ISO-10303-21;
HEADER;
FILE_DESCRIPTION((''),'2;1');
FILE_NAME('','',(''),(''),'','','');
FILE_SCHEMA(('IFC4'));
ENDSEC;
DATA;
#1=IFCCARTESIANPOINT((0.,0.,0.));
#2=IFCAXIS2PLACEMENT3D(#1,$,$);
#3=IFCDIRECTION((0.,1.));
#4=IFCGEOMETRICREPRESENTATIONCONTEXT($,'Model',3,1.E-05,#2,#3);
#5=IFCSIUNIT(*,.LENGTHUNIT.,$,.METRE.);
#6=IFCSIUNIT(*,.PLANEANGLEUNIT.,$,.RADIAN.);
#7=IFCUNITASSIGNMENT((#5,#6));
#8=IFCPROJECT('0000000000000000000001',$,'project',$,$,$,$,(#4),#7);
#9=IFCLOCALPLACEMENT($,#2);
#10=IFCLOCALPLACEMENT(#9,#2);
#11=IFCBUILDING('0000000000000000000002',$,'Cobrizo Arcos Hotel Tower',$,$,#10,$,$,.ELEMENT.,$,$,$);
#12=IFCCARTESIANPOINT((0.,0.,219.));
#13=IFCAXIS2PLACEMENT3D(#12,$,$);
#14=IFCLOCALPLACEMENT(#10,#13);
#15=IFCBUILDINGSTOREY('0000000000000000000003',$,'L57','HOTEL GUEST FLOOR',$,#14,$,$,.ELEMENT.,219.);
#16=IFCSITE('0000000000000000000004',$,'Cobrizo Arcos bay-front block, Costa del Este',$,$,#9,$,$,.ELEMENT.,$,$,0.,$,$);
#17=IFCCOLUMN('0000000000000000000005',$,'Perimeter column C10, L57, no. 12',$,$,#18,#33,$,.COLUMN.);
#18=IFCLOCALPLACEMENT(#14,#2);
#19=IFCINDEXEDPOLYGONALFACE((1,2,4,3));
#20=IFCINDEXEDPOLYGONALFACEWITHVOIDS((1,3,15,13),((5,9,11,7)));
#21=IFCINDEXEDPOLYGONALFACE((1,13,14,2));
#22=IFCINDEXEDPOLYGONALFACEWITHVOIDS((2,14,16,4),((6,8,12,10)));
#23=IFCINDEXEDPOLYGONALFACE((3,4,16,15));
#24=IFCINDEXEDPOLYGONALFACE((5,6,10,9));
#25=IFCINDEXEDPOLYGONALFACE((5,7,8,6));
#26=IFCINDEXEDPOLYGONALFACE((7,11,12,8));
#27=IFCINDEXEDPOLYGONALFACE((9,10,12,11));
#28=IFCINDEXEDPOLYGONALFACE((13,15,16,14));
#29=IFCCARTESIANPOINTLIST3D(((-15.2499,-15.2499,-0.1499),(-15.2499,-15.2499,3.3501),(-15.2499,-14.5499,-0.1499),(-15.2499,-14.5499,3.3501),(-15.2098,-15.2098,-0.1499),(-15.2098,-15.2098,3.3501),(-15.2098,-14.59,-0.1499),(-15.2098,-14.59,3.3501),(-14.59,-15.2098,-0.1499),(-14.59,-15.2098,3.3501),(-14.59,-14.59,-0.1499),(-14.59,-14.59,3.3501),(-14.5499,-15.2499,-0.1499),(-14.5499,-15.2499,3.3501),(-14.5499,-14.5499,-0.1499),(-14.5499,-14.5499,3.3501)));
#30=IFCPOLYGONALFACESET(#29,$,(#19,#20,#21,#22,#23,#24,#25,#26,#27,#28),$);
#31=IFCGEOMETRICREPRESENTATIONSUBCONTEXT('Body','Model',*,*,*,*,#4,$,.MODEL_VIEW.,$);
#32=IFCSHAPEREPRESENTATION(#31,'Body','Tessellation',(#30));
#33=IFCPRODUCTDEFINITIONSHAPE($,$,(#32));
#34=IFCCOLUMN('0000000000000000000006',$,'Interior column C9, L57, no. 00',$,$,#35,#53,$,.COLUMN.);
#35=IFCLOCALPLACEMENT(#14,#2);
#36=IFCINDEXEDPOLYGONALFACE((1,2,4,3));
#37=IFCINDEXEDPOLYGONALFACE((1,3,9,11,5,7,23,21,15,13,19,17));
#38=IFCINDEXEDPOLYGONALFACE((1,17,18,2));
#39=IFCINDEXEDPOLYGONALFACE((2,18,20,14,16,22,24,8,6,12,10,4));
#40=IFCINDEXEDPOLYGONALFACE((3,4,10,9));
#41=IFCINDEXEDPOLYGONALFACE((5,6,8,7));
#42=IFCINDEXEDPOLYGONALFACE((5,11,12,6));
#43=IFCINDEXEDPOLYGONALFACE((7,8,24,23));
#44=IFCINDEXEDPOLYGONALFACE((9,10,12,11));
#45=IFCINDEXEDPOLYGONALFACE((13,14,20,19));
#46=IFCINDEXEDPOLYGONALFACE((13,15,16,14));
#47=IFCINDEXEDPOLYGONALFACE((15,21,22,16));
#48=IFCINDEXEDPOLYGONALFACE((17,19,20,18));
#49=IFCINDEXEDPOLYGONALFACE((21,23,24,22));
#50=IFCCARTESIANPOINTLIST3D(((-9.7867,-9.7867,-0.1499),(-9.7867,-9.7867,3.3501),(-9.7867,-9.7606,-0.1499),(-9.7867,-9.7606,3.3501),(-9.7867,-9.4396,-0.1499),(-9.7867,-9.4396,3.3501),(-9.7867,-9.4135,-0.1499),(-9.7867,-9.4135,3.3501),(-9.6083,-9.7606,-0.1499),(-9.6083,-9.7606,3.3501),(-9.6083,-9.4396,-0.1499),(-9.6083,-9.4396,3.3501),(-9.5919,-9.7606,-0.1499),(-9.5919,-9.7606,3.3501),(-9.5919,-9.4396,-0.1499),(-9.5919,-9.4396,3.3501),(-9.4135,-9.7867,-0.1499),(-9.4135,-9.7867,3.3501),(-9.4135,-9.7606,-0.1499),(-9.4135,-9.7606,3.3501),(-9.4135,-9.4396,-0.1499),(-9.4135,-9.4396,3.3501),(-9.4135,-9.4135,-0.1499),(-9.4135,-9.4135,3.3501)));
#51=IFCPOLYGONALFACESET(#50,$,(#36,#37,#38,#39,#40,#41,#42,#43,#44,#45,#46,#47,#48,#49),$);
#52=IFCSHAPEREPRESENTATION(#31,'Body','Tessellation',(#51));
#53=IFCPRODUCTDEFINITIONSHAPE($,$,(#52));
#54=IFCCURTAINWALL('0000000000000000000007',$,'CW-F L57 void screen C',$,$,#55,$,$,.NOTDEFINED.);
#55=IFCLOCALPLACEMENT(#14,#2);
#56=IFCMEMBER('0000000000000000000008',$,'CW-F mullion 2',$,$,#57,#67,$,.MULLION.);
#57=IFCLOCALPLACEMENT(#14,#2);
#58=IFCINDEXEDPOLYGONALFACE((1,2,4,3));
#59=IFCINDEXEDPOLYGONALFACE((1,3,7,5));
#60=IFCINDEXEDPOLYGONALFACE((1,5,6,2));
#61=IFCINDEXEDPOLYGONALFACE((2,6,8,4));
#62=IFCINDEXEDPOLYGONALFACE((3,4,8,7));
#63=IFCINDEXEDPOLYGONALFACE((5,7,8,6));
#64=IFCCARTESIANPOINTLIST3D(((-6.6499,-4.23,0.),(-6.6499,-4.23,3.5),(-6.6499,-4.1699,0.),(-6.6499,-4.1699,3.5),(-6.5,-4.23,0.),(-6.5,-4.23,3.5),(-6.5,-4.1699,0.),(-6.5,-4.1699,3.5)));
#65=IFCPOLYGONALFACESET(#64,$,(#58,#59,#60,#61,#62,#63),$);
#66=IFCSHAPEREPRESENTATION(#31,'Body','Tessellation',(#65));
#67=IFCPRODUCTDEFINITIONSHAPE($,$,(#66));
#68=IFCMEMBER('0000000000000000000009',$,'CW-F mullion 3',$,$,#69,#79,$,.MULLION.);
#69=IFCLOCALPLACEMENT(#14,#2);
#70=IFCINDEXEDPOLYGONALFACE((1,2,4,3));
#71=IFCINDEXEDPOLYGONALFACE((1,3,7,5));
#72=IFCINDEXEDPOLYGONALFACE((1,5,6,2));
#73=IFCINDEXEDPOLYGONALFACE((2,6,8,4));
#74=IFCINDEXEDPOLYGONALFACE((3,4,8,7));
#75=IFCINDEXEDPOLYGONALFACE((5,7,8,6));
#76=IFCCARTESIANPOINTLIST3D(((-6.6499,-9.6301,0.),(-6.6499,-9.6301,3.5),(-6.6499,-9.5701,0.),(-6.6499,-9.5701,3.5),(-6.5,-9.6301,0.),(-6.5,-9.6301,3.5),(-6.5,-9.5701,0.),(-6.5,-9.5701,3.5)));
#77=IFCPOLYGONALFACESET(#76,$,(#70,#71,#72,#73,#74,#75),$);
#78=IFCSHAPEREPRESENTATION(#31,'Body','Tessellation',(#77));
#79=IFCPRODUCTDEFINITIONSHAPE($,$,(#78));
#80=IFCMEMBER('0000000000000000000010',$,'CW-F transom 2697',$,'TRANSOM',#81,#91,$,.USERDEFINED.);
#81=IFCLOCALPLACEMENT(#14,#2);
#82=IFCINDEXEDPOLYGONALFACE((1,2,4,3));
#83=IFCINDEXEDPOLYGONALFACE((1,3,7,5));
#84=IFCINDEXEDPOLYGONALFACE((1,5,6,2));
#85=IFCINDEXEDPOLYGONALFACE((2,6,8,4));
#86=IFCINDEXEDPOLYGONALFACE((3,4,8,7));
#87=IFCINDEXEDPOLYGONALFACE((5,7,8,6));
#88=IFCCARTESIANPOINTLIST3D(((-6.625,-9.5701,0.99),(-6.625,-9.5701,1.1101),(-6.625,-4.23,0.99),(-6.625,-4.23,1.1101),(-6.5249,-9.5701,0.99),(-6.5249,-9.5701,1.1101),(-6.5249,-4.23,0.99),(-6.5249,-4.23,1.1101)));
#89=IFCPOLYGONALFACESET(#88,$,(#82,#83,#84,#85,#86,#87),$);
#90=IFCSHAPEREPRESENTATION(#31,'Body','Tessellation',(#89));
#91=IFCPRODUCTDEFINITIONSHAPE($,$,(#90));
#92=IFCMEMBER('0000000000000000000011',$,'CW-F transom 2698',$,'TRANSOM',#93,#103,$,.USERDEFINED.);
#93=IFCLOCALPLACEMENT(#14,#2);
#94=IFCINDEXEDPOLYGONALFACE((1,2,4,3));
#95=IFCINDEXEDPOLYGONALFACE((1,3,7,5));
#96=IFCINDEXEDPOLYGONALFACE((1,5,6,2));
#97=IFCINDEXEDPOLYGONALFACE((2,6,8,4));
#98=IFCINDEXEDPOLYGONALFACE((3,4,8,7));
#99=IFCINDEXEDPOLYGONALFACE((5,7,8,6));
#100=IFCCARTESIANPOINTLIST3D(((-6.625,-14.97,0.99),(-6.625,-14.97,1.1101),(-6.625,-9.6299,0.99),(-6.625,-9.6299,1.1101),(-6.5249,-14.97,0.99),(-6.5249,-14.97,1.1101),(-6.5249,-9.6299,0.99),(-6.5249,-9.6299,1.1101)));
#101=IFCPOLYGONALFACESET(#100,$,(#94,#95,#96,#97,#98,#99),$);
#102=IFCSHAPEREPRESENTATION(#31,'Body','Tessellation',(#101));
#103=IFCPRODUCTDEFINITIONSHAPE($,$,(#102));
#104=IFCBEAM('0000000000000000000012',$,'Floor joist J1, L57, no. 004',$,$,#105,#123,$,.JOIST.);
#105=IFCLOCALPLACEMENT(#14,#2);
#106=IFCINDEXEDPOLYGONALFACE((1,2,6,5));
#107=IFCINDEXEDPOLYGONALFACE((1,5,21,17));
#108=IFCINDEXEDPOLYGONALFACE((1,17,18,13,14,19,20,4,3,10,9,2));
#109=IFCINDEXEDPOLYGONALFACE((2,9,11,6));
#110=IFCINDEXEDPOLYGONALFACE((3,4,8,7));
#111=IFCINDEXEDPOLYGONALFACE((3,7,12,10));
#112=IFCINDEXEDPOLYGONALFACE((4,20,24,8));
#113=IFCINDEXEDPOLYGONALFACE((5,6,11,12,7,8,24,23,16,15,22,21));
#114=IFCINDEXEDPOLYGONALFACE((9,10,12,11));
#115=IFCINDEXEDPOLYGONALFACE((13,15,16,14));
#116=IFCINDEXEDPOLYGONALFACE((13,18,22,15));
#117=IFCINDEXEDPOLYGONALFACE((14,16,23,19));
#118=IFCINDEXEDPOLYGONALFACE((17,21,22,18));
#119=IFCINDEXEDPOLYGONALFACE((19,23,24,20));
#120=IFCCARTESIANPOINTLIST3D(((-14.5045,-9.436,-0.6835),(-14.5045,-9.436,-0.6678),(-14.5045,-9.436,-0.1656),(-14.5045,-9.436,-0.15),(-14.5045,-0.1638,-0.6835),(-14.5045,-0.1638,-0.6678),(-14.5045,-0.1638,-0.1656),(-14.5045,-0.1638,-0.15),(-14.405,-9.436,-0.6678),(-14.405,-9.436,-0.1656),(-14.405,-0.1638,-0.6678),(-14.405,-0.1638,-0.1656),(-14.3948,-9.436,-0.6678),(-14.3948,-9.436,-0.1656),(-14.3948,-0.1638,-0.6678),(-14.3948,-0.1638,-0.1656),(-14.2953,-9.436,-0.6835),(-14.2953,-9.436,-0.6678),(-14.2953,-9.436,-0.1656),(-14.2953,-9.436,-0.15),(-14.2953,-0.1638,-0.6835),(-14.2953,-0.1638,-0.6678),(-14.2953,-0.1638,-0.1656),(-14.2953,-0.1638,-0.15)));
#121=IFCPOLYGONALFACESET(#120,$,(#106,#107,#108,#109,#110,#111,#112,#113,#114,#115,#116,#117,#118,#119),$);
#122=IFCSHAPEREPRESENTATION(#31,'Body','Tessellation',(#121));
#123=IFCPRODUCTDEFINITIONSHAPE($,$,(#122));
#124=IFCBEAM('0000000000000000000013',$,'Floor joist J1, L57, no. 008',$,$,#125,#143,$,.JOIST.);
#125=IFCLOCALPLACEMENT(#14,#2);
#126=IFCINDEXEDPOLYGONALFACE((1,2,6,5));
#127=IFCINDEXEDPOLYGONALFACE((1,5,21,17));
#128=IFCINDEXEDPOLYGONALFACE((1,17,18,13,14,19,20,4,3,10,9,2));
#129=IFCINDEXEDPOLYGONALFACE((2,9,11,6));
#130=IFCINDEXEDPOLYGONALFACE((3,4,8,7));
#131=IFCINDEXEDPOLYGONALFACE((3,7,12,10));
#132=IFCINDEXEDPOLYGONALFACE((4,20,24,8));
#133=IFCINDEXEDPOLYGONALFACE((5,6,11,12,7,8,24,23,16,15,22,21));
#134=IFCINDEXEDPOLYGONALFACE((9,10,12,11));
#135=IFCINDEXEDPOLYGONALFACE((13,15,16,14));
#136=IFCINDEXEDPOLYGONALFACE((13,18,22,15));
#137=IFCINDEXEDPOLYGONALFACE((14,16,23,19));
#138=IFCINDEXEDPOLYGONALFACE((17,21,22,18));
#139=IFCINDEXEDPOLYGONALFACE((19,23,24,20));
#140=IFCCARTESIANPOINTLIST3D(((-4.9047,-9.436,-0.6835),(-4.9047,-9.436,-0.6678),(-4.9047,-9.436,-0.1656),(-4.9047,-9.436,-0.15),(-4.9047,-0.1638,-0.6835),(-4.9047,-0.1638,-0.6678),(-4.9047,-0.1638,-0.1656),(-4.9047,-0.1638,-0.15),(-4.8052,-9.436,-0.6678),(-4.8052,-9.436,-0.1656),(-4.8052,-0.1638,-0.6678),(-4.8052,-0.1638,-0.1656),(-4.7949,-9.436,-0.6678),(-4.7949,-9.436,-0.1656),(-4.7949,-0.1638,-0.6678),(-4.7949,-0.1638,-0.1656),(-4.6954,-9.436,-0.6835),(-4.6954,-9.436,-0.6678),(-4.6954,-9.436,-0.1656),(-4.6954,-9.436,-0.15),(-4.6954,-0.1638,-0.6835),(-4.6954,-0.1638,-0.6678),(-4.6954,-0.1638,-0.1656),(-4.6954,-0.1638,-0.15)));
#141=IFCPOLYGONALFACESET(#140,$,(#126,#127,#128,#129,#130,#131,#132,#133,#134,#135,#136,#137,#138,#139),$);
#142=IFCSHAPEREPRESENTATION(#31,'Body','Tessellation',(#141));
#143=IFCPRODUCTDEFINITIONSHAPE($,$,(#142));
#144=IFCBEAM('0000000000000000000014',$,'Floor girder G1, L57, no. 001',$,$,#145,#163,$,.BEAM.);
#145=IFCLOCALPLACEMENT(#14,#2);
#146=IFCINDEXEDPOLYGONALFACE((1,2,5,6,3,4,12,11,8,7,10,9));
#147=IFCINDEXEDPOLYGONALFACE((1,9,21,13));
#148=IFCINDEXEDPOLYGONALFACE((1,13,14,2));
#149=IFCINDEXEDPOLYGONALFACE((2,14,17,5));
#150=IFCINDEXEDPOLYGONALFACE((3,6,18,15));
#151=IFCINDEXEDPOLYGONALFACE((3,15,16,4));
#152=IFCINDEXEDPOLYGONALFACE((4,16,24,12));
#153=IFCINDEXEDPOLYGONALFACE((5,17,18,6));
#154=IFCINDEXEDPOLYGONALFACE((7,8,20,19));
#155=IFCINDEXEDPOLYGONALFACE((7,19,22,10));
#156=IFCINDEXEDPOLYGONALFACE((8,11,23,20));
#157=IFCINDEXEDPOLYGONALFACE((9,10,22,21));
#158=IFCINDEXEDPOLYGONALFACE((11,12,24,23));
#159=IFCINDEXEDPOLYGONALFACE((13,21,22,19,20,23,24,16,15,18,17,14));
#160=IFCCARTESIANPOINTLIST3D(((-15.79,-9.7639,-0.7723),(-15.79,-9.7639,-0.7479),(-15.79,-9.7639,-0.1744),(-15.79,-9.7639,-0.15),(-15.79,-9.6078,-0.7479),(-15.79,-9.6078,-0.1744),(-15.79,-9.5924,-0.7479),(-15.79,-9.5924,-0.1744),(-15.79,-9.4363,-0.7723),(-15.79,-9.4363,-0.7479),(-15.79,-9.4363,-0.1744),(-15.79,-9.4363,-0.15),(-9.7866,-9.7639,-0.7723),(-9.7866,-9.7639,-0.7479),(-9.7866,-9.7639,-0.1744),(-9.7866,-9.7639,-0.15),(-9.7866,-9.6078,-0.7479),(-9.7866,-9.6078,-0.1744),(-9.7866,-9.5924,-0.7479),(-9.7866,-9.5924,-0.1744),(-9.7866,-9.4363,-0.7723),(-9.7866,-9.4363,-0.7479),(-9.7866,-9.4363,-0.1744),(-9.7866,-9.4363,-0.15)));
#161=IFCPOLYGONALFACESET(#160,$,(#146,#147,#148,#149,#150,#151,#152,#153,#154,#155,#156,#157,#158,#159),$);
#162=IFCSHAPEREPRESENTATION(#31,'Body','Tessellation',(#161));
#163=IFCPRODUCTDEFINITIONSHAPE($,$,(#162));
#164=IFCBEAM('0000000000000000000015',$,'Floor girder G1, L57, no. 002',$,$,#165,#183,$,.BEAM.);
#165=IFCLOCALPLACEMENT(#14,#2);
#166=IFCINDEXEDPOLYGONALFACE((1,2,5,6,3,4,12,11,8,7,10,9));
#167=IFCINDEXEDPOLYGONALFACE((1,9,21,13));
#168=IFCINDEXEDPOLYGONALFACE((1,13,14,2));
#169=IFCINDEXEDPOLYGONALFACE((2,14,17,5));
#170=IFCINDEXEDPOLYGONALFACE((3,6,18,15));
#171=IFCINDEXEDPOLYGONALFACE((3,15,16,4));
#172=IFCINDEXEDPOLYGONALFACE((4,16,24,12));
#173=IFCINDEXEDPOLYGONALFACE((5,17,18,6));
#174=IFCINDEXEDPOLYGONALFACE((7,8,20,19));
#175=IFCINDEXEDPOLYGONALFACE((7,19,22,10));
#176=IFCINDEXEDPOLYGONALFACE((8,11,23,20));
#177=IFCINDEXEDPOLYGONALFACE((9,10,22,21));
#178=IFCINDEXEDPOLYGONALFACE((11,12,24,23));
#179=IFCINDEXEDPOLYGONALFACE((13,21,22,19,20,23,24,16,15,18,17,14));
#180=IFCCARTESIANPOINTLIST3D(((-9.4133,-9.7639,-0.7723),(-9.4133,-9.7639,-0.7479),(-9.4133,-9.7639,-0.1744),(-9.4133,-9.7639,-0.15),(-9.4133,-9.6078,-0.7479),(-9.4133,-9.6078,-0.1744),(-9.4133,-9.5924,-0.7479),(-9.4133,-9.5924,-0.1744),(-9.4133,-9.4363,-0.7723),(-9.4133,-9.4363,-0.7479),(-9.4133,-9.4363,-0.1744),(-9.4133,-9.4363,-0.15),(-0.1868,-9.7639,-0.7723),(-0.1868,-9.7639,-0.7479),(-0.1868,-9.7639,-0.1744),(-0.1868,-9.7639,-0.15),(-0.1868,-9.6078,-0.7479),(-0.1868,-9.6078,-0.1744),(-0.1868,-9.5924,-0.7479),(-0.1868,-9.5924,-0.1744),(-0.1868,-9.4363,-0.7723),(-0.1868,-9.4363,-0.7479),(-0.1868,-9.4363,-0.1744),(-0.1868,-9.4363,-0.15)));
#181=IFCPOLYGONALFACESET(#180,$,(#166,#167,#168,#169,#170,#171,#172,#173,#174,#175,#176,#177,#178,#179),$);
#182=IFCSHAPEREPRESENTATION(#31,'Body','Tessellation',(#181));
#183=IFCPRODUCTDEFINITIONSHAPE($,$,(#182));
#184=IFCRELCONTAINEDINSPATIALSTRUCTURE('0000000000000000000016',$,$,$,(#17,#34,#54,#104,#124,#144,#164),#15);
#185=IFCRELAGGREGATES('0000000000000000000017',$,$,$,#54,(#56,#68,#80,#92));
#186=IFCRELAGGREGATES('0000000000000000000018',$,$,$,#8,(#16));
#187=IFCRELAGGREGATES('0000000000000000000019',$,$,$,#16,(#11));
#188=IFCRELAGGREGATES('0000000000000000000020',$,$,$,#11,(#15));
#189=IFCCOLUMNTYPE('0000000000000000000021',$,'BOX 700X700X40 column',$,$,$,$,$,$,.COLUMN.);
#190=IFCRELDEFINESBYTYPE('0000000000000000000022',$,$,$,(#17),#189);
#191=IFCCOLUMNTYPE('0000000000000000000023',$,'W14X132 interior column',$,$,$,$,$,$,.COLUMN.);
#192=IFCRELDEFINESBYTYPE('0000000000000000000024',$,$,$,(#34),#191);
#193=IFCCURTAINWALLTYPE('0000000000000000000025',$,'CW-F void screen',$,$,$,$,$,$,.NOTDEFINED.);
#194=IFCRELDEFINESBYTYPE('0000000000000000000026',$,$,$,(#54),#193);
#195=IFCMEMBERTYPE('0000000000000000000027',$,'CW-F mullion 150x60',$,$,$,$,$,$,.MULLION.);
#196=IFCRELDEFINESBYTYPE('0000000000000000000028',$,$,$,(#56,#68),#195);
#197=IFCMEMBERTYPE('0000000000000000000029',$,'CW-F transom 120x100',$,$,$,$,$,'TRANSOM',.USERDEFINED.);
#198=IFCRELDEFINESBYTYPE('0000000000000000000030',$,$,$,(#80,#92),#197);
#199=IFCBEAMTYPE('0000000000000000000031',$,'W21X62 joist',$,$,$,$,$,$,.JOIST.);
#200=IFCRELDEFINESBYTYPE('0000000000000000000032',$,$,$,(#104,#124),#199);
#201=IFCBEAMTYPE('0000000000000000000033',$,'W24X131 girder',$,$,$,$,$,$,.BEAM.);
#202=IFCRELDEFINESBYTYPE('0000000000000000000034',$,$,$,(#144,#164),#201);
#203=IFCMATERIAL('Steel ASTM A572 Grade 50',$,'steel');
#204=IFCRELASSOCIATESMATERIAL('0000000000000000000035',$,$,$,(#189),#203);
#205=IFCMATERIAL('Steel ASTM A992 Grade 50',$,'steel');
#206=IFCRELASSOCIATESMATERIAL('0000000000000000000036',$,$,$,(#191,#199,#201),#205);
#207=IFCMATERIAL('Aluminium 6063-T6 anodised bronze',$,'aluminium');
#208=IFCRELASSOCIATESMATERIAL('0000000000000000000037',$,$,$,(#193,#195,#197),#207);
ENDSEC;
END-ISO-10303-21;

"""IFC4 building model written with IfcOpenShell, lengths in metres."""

from ifc_helpers import new_model, si_unit, direction, frame, origin, origin_2d, place, context, subcontext, project, spatial, rectangle, hollow_rectangle, i_section, extrude, material, material_profile, profile_set, type_object, element, aggregate, save


model = new_model("IFC4")

# Units and contexts
model_context = context("Model", 3, precision=1e-05, world=origin(), true_north=direction((0.0, 1.0)))
body_context = subcontext(model_context, "Body", "Model", "MODEL_VIEW")
ifc_project = project(units=[si_unit("LENGTHUNIT", "METRE"), si_unit("PLANEANGLEUNIT", "RADIAN")], contexts=[model_context])

# Site, building, storey
site_placement = place(None, origin())
site = spatial("IfcSite", under=ifc_project, at=site_placement, Name="Cobrizo Arcos bay-front block, Costa del Este", CompositionType="ELEMENT", RefElevation=0.0)
building_placement = place(site_placement, origin())
building = spatial("IfcBuilding", under=site, at=building_placement, Name="Cobrizo Arcos Hotel Tower", CompositionType="ELEMENT")
storey_placement = place(building_placement, frame((0.0, 0.0, 219.0)))
storey = spatial("IfcBuildingStorey", under=building, at=storey_placement, Name="L57", Description="HOTEL GUEST FLOOR", CompositionType="ELEMENT", Elevation=219.0)

# Columns
ifc_material_1 = material(Name="Steel ASTM A572 Grade 50", Category="steel")
ifc_material_profile_1 = material_profile(ifc_material_1, hollow_rectangle(XDim=0.7, YDim=0.7, WallThickness=0.04, at=origin_2d()), Name="BOX 700X700X40")
ifc_profile_set_1 = profile_set([ifc_material_profile_1], Name="Steel ASTM A572 Grade 50")
column_type_1 = type_object("IfcColumnType", Name="BOX 700X700X40 column", PredefinedType="COLUMN", material=ifc_profile_set_1)
column_1_placement = place(storey_placement, frame((-14.8999, -14.8999, -0.1499), z_axis=(0.0, 0.0, 1.0), x_axis=(1.0, 0.0, 0.0)))
element("IfcColumn", 1, at=column_1_placement, inside=storey, type_object=column_type_1, Name="Perimeter column C10, L57, no. 12", PredefinedType="COLUMN", context=body_context, shape_type="SweptSolid", body=[
    extrude(hollow_rectangle(XDim=0.7, YDim=0.7, WallThickness=0.04, at=origin_2d()), origin(), (0.0, 0.0, 1.0), 3.5),
])
ifc_material_2 = material(Name="Steel ASTM A992 Grade 50", Category="steel")
ifc_material_profile_2 = material_profile(ifc_material_2, i_section(OverallWidth=0.3733, OverallDepth=0.3733, WebThickness=0.0164, FlangeThickness=0.0261, at=origin_2d()), Name="W14X132")
ifc_profile_set_2 = profile_set([ifc_material_profile_2], Name="Steel ASTM A992 Grade 50")
column_type_2 = type_object("IfcColumnType", Name="W14X132 interior column", PredefinedType="COLUMN", material=ifc_profile_set_2)
column_2_placement = place(storey_placement, frame((-9.6001, -9.6001, -0.1499), z_axis=(0.0, 0.0, 1.0), x_axis=(1.0, 0.0, 0.0)))
element("IfcColumn", 2, at=column_2_placement, inside=storey, type_object=column_type_2, Name="Interior column C9, L57, no. 00", PredefinedType="COLUMN", context=body_context, shape_type="SweptSolid", body=[
    extrude(i_section(OverallWidth=0.3733, OverallDepth=0.3733, WebThickness=0.0164, FlangeThickness=0.0261, at=origin_2d()), origin(), (0.0, 0.0, 1.0), 3.5),
])

# Curtain wall, members
ifc_material_3 = material(Name="Aluminium 6063-T6 anodised bronze", Category="aluminium")
curtain_wall_type = type_object("IfcCurtainWallType", Name="CW-F void screen", PredefinedType="NOTDEFINED", material=ifc_material_3)
curtain_wall_placement = place(storey_placement, origin())
curtain_wall = element("IfcCurtainWall", 3, at=curtain_wall_placement, inside=storey, type_object=curtain_wall_type, Name="CW-F L57 void screen C", PredefinedType="NOTDEFINED")
ifc_material_profile_3 = material_profile(ifc_material_3, rectangle(XDim=0.1499, YDim=0.0601, at=origin_2d()), Name="CW-F mullion 150x60")
ifc_profile_set_3 = profile_set([ifc_material_profile_3], Name="Aluminium 6063-T6 anodised bronze")
member_type_1 = type_object("IfcMemberType", Name="CW-F mullion 150x60", PredefinedType="MULLION", material=ifc_profile_set_3)
member_1_placement = place(storey_placement, frame((-6.575, -4.2, 0.0), z_axis=(0.0, 0.0, 1.0), x_axis=(-1.0, 0.0, 0.0)))
member_1 = element("IfcMember", 4, at=member_1_placement, type_object=member_type_1, Name="CW-F mullion 2", PredefinedType="MULLION", context=body_context, shape_type="SweptSolid", body=[
    extrude(rectangle(XDim=0.1499, YDim=0.0601, at=origin_2d()), origin(), (0.0, 0.0, 1.0), 3.5),
])
member_2_placement = place(storey_placement, frame((-6.575, -9.6001, 0.0), z_axis=(0.0, 0.0, 1.0), x_axis=(-1.0, 0.0, 0.0)))
member_2 = element("IfcMember", 5, at=member_2_placement, type_object=member_type_1, Name="CW-F mullion 3", PredefinedType="MULLION", context=body_context, shape_type="SweptSolid", body=[
    extrude(rectangle(XDim=0.1499, YDim=0.0601, at=origin_2d()), origin(), (0.0, 0.0, 1.0), 3.5),
])
ifc_material_profile_4 = material_profile(ifc_material_3, rectangle(XDim=0.1001, YDim=0.1201, at=origin_2d()), Name="CW-F transom 120x100")
ifc_profile_set_4 = profile_set([ifc_material_profile_4], Name="Aluminium 6063-T6 anodised bronze")
member_type_2 = type_object("IfcMemberType", Name="CW-F transom 120x100", ElementType="TRANSOM", PredefinedType="USERDEFINED", material=ifc_profile_set_4)
member_3_placement = place(storey_placement, frame((-6.575, -4.23, 1.05), z_axis=(0.0, -1.0, 0.0), x_axis=(1.0, 0.0, 0.0)))
member_3 = element("IfcMember", 6, at=member_3_placement, type_object=member_type_2, Name="CW-F transom 2697", ObjectType="TRANSOM", PredefinedType="USERDEFINED", context=body_context, shape_type="SweptSolid", body=[
    extrude(rectangle(XDim=0.1001, YDim=0.1201, at=origin_2d()), origin(), (0.0, 0.0, 1.0), 5.3401),
])
member_4_placement = place(storey_placement, frame((-6.575, -9.6299, 1.05), z_axis=(0.0, -1.0, 0.0), x_axis=(1.0, 0.0, 0.0)))
member_4 = element("IfcMember", 7, at=member_4_placement, type_object=member_type_2, Name="CW-F transom 2698", ObjectType="TRANSOM", PredefinedType="USERDEFINED", context=body_context, shape_type="SweptSolid", body=[
    extrude(rectangle(XDim=0.1001, YDim=0.1201, at=origin_2d()), origin(), (0.0, 0.0, 1.0), 5.3401),
])

# Beams
ifc_material_profile_5 = material_profile(ifc_material_2, i_section(OverallWidth=0.2092, OverallDepth=0.5334, WebThickness=0.0103, FlangeThickness=0.0156, at=origin_2d()), Name="W21X62")
ifc_profile_set_5 = profile_set([ifc_material_profile_5], Name="Steel ASTM A992 Grade 50")
beam_type_1 = type_object("IfcBeamType", Name="W21X62 joist", PredefinedType="JOIST", material=ifc_profile_set_5)
for number, where, z_axis, x_axis, name in (
    (8, (-14.3999, -9.436, -0.4167), (0.0, 1.0, 0.0), (-1.0, 0.0, 0.0), "Floor joist J1, L57, no. 004"),
    (9, (-4.8, -9.436, -0.4167), (0.0, 1.0, 0.0), (-1.0, 0.0, 0.0), "Floor joist J1, L57, no. 008"),
):
    element("IfcBeam", number, at=place(storey_placement, frame(where, z_axis=z_axis, x_axis=x_axis)), inside=storey, type_object=beam_type_1, Name=name, PredefinedType="JOIST", context=body_context, shape_type="SweptSolid", body=[
        extrude(i_section(OverallWidth=0.2092, OverallDepth=0.5334, WebThickness=0.0103, FlangeThickness=0.0156, at=origin_2d()), origin(), (0.0, 0.0, 1.0), 9.2722),
    ])
ifc_material_profile_6 = material_profile(ifc_material_2, i_section(OverallWidth=0.3276, OverallDepth=0.6223, WebThickness=0.0154, FlangeThickness=0.0244, at=origin_2d()), Name="W24X131")
ifc_profile_set_6 = profile_set([ifc_material_profile_6], Name="Steel ASTM A992 Grade 50")
beam_type_2 = type_object("IfcBeamType", Name="W24X131 girder", PredefinedType="BEAM", material=ifc_profile_set_6)
beam_1_placement = place(storey_placement, frame((-15.79, -9.6001, -0.4612), z_axis=(1.0, 0.0, 0.0), x_axis=(0.0, 1.0, 0.0)))
element("IfcBeam", 10, at=beam_1_placement, inside=storey, type_object=beam_type_2, Name="Floor girder G1, L57, no. 001", PredefinedType="BEAM", context=body_context, shape_type="SweptSolid", body=[
    extrude(i_section(OverallWidth=0.3276, OverallDepth=0.6223, WebThickness=0.0154, FlangeThickness=0.0244, at=origin_2d()), origin(), (0.0, 0.0, 1.0), 6.0034),
])
beam_2_placement = place(storey_placement, frame((-9.4133, -9.6001, -0.4612), z_axis=(1.0, 0.0, 0.0), x_axis=(0.0, 1.0, 0.0)))
element("IfcBeam", 11, at=beam_2_placement, inside=storey, type_object=beam_type_2, Name="Floor girder G1, L57, no. 002", PredefinedType="BEAM", context=body_context, shape_type="SweptSolid", body=[
    extrude(i_section(OverallWidth=0.3276, OverallDepth=0.6223, WebThickness=0.0154, FlangeThickness=0.0244, at=origin_2d()), origin(), (0.0, 0.0, 1.0), 9.2266),
])

aggregate(curtain_wall, [member_1, member_2, member_3, member_4])

save(model, "model.ifc")
